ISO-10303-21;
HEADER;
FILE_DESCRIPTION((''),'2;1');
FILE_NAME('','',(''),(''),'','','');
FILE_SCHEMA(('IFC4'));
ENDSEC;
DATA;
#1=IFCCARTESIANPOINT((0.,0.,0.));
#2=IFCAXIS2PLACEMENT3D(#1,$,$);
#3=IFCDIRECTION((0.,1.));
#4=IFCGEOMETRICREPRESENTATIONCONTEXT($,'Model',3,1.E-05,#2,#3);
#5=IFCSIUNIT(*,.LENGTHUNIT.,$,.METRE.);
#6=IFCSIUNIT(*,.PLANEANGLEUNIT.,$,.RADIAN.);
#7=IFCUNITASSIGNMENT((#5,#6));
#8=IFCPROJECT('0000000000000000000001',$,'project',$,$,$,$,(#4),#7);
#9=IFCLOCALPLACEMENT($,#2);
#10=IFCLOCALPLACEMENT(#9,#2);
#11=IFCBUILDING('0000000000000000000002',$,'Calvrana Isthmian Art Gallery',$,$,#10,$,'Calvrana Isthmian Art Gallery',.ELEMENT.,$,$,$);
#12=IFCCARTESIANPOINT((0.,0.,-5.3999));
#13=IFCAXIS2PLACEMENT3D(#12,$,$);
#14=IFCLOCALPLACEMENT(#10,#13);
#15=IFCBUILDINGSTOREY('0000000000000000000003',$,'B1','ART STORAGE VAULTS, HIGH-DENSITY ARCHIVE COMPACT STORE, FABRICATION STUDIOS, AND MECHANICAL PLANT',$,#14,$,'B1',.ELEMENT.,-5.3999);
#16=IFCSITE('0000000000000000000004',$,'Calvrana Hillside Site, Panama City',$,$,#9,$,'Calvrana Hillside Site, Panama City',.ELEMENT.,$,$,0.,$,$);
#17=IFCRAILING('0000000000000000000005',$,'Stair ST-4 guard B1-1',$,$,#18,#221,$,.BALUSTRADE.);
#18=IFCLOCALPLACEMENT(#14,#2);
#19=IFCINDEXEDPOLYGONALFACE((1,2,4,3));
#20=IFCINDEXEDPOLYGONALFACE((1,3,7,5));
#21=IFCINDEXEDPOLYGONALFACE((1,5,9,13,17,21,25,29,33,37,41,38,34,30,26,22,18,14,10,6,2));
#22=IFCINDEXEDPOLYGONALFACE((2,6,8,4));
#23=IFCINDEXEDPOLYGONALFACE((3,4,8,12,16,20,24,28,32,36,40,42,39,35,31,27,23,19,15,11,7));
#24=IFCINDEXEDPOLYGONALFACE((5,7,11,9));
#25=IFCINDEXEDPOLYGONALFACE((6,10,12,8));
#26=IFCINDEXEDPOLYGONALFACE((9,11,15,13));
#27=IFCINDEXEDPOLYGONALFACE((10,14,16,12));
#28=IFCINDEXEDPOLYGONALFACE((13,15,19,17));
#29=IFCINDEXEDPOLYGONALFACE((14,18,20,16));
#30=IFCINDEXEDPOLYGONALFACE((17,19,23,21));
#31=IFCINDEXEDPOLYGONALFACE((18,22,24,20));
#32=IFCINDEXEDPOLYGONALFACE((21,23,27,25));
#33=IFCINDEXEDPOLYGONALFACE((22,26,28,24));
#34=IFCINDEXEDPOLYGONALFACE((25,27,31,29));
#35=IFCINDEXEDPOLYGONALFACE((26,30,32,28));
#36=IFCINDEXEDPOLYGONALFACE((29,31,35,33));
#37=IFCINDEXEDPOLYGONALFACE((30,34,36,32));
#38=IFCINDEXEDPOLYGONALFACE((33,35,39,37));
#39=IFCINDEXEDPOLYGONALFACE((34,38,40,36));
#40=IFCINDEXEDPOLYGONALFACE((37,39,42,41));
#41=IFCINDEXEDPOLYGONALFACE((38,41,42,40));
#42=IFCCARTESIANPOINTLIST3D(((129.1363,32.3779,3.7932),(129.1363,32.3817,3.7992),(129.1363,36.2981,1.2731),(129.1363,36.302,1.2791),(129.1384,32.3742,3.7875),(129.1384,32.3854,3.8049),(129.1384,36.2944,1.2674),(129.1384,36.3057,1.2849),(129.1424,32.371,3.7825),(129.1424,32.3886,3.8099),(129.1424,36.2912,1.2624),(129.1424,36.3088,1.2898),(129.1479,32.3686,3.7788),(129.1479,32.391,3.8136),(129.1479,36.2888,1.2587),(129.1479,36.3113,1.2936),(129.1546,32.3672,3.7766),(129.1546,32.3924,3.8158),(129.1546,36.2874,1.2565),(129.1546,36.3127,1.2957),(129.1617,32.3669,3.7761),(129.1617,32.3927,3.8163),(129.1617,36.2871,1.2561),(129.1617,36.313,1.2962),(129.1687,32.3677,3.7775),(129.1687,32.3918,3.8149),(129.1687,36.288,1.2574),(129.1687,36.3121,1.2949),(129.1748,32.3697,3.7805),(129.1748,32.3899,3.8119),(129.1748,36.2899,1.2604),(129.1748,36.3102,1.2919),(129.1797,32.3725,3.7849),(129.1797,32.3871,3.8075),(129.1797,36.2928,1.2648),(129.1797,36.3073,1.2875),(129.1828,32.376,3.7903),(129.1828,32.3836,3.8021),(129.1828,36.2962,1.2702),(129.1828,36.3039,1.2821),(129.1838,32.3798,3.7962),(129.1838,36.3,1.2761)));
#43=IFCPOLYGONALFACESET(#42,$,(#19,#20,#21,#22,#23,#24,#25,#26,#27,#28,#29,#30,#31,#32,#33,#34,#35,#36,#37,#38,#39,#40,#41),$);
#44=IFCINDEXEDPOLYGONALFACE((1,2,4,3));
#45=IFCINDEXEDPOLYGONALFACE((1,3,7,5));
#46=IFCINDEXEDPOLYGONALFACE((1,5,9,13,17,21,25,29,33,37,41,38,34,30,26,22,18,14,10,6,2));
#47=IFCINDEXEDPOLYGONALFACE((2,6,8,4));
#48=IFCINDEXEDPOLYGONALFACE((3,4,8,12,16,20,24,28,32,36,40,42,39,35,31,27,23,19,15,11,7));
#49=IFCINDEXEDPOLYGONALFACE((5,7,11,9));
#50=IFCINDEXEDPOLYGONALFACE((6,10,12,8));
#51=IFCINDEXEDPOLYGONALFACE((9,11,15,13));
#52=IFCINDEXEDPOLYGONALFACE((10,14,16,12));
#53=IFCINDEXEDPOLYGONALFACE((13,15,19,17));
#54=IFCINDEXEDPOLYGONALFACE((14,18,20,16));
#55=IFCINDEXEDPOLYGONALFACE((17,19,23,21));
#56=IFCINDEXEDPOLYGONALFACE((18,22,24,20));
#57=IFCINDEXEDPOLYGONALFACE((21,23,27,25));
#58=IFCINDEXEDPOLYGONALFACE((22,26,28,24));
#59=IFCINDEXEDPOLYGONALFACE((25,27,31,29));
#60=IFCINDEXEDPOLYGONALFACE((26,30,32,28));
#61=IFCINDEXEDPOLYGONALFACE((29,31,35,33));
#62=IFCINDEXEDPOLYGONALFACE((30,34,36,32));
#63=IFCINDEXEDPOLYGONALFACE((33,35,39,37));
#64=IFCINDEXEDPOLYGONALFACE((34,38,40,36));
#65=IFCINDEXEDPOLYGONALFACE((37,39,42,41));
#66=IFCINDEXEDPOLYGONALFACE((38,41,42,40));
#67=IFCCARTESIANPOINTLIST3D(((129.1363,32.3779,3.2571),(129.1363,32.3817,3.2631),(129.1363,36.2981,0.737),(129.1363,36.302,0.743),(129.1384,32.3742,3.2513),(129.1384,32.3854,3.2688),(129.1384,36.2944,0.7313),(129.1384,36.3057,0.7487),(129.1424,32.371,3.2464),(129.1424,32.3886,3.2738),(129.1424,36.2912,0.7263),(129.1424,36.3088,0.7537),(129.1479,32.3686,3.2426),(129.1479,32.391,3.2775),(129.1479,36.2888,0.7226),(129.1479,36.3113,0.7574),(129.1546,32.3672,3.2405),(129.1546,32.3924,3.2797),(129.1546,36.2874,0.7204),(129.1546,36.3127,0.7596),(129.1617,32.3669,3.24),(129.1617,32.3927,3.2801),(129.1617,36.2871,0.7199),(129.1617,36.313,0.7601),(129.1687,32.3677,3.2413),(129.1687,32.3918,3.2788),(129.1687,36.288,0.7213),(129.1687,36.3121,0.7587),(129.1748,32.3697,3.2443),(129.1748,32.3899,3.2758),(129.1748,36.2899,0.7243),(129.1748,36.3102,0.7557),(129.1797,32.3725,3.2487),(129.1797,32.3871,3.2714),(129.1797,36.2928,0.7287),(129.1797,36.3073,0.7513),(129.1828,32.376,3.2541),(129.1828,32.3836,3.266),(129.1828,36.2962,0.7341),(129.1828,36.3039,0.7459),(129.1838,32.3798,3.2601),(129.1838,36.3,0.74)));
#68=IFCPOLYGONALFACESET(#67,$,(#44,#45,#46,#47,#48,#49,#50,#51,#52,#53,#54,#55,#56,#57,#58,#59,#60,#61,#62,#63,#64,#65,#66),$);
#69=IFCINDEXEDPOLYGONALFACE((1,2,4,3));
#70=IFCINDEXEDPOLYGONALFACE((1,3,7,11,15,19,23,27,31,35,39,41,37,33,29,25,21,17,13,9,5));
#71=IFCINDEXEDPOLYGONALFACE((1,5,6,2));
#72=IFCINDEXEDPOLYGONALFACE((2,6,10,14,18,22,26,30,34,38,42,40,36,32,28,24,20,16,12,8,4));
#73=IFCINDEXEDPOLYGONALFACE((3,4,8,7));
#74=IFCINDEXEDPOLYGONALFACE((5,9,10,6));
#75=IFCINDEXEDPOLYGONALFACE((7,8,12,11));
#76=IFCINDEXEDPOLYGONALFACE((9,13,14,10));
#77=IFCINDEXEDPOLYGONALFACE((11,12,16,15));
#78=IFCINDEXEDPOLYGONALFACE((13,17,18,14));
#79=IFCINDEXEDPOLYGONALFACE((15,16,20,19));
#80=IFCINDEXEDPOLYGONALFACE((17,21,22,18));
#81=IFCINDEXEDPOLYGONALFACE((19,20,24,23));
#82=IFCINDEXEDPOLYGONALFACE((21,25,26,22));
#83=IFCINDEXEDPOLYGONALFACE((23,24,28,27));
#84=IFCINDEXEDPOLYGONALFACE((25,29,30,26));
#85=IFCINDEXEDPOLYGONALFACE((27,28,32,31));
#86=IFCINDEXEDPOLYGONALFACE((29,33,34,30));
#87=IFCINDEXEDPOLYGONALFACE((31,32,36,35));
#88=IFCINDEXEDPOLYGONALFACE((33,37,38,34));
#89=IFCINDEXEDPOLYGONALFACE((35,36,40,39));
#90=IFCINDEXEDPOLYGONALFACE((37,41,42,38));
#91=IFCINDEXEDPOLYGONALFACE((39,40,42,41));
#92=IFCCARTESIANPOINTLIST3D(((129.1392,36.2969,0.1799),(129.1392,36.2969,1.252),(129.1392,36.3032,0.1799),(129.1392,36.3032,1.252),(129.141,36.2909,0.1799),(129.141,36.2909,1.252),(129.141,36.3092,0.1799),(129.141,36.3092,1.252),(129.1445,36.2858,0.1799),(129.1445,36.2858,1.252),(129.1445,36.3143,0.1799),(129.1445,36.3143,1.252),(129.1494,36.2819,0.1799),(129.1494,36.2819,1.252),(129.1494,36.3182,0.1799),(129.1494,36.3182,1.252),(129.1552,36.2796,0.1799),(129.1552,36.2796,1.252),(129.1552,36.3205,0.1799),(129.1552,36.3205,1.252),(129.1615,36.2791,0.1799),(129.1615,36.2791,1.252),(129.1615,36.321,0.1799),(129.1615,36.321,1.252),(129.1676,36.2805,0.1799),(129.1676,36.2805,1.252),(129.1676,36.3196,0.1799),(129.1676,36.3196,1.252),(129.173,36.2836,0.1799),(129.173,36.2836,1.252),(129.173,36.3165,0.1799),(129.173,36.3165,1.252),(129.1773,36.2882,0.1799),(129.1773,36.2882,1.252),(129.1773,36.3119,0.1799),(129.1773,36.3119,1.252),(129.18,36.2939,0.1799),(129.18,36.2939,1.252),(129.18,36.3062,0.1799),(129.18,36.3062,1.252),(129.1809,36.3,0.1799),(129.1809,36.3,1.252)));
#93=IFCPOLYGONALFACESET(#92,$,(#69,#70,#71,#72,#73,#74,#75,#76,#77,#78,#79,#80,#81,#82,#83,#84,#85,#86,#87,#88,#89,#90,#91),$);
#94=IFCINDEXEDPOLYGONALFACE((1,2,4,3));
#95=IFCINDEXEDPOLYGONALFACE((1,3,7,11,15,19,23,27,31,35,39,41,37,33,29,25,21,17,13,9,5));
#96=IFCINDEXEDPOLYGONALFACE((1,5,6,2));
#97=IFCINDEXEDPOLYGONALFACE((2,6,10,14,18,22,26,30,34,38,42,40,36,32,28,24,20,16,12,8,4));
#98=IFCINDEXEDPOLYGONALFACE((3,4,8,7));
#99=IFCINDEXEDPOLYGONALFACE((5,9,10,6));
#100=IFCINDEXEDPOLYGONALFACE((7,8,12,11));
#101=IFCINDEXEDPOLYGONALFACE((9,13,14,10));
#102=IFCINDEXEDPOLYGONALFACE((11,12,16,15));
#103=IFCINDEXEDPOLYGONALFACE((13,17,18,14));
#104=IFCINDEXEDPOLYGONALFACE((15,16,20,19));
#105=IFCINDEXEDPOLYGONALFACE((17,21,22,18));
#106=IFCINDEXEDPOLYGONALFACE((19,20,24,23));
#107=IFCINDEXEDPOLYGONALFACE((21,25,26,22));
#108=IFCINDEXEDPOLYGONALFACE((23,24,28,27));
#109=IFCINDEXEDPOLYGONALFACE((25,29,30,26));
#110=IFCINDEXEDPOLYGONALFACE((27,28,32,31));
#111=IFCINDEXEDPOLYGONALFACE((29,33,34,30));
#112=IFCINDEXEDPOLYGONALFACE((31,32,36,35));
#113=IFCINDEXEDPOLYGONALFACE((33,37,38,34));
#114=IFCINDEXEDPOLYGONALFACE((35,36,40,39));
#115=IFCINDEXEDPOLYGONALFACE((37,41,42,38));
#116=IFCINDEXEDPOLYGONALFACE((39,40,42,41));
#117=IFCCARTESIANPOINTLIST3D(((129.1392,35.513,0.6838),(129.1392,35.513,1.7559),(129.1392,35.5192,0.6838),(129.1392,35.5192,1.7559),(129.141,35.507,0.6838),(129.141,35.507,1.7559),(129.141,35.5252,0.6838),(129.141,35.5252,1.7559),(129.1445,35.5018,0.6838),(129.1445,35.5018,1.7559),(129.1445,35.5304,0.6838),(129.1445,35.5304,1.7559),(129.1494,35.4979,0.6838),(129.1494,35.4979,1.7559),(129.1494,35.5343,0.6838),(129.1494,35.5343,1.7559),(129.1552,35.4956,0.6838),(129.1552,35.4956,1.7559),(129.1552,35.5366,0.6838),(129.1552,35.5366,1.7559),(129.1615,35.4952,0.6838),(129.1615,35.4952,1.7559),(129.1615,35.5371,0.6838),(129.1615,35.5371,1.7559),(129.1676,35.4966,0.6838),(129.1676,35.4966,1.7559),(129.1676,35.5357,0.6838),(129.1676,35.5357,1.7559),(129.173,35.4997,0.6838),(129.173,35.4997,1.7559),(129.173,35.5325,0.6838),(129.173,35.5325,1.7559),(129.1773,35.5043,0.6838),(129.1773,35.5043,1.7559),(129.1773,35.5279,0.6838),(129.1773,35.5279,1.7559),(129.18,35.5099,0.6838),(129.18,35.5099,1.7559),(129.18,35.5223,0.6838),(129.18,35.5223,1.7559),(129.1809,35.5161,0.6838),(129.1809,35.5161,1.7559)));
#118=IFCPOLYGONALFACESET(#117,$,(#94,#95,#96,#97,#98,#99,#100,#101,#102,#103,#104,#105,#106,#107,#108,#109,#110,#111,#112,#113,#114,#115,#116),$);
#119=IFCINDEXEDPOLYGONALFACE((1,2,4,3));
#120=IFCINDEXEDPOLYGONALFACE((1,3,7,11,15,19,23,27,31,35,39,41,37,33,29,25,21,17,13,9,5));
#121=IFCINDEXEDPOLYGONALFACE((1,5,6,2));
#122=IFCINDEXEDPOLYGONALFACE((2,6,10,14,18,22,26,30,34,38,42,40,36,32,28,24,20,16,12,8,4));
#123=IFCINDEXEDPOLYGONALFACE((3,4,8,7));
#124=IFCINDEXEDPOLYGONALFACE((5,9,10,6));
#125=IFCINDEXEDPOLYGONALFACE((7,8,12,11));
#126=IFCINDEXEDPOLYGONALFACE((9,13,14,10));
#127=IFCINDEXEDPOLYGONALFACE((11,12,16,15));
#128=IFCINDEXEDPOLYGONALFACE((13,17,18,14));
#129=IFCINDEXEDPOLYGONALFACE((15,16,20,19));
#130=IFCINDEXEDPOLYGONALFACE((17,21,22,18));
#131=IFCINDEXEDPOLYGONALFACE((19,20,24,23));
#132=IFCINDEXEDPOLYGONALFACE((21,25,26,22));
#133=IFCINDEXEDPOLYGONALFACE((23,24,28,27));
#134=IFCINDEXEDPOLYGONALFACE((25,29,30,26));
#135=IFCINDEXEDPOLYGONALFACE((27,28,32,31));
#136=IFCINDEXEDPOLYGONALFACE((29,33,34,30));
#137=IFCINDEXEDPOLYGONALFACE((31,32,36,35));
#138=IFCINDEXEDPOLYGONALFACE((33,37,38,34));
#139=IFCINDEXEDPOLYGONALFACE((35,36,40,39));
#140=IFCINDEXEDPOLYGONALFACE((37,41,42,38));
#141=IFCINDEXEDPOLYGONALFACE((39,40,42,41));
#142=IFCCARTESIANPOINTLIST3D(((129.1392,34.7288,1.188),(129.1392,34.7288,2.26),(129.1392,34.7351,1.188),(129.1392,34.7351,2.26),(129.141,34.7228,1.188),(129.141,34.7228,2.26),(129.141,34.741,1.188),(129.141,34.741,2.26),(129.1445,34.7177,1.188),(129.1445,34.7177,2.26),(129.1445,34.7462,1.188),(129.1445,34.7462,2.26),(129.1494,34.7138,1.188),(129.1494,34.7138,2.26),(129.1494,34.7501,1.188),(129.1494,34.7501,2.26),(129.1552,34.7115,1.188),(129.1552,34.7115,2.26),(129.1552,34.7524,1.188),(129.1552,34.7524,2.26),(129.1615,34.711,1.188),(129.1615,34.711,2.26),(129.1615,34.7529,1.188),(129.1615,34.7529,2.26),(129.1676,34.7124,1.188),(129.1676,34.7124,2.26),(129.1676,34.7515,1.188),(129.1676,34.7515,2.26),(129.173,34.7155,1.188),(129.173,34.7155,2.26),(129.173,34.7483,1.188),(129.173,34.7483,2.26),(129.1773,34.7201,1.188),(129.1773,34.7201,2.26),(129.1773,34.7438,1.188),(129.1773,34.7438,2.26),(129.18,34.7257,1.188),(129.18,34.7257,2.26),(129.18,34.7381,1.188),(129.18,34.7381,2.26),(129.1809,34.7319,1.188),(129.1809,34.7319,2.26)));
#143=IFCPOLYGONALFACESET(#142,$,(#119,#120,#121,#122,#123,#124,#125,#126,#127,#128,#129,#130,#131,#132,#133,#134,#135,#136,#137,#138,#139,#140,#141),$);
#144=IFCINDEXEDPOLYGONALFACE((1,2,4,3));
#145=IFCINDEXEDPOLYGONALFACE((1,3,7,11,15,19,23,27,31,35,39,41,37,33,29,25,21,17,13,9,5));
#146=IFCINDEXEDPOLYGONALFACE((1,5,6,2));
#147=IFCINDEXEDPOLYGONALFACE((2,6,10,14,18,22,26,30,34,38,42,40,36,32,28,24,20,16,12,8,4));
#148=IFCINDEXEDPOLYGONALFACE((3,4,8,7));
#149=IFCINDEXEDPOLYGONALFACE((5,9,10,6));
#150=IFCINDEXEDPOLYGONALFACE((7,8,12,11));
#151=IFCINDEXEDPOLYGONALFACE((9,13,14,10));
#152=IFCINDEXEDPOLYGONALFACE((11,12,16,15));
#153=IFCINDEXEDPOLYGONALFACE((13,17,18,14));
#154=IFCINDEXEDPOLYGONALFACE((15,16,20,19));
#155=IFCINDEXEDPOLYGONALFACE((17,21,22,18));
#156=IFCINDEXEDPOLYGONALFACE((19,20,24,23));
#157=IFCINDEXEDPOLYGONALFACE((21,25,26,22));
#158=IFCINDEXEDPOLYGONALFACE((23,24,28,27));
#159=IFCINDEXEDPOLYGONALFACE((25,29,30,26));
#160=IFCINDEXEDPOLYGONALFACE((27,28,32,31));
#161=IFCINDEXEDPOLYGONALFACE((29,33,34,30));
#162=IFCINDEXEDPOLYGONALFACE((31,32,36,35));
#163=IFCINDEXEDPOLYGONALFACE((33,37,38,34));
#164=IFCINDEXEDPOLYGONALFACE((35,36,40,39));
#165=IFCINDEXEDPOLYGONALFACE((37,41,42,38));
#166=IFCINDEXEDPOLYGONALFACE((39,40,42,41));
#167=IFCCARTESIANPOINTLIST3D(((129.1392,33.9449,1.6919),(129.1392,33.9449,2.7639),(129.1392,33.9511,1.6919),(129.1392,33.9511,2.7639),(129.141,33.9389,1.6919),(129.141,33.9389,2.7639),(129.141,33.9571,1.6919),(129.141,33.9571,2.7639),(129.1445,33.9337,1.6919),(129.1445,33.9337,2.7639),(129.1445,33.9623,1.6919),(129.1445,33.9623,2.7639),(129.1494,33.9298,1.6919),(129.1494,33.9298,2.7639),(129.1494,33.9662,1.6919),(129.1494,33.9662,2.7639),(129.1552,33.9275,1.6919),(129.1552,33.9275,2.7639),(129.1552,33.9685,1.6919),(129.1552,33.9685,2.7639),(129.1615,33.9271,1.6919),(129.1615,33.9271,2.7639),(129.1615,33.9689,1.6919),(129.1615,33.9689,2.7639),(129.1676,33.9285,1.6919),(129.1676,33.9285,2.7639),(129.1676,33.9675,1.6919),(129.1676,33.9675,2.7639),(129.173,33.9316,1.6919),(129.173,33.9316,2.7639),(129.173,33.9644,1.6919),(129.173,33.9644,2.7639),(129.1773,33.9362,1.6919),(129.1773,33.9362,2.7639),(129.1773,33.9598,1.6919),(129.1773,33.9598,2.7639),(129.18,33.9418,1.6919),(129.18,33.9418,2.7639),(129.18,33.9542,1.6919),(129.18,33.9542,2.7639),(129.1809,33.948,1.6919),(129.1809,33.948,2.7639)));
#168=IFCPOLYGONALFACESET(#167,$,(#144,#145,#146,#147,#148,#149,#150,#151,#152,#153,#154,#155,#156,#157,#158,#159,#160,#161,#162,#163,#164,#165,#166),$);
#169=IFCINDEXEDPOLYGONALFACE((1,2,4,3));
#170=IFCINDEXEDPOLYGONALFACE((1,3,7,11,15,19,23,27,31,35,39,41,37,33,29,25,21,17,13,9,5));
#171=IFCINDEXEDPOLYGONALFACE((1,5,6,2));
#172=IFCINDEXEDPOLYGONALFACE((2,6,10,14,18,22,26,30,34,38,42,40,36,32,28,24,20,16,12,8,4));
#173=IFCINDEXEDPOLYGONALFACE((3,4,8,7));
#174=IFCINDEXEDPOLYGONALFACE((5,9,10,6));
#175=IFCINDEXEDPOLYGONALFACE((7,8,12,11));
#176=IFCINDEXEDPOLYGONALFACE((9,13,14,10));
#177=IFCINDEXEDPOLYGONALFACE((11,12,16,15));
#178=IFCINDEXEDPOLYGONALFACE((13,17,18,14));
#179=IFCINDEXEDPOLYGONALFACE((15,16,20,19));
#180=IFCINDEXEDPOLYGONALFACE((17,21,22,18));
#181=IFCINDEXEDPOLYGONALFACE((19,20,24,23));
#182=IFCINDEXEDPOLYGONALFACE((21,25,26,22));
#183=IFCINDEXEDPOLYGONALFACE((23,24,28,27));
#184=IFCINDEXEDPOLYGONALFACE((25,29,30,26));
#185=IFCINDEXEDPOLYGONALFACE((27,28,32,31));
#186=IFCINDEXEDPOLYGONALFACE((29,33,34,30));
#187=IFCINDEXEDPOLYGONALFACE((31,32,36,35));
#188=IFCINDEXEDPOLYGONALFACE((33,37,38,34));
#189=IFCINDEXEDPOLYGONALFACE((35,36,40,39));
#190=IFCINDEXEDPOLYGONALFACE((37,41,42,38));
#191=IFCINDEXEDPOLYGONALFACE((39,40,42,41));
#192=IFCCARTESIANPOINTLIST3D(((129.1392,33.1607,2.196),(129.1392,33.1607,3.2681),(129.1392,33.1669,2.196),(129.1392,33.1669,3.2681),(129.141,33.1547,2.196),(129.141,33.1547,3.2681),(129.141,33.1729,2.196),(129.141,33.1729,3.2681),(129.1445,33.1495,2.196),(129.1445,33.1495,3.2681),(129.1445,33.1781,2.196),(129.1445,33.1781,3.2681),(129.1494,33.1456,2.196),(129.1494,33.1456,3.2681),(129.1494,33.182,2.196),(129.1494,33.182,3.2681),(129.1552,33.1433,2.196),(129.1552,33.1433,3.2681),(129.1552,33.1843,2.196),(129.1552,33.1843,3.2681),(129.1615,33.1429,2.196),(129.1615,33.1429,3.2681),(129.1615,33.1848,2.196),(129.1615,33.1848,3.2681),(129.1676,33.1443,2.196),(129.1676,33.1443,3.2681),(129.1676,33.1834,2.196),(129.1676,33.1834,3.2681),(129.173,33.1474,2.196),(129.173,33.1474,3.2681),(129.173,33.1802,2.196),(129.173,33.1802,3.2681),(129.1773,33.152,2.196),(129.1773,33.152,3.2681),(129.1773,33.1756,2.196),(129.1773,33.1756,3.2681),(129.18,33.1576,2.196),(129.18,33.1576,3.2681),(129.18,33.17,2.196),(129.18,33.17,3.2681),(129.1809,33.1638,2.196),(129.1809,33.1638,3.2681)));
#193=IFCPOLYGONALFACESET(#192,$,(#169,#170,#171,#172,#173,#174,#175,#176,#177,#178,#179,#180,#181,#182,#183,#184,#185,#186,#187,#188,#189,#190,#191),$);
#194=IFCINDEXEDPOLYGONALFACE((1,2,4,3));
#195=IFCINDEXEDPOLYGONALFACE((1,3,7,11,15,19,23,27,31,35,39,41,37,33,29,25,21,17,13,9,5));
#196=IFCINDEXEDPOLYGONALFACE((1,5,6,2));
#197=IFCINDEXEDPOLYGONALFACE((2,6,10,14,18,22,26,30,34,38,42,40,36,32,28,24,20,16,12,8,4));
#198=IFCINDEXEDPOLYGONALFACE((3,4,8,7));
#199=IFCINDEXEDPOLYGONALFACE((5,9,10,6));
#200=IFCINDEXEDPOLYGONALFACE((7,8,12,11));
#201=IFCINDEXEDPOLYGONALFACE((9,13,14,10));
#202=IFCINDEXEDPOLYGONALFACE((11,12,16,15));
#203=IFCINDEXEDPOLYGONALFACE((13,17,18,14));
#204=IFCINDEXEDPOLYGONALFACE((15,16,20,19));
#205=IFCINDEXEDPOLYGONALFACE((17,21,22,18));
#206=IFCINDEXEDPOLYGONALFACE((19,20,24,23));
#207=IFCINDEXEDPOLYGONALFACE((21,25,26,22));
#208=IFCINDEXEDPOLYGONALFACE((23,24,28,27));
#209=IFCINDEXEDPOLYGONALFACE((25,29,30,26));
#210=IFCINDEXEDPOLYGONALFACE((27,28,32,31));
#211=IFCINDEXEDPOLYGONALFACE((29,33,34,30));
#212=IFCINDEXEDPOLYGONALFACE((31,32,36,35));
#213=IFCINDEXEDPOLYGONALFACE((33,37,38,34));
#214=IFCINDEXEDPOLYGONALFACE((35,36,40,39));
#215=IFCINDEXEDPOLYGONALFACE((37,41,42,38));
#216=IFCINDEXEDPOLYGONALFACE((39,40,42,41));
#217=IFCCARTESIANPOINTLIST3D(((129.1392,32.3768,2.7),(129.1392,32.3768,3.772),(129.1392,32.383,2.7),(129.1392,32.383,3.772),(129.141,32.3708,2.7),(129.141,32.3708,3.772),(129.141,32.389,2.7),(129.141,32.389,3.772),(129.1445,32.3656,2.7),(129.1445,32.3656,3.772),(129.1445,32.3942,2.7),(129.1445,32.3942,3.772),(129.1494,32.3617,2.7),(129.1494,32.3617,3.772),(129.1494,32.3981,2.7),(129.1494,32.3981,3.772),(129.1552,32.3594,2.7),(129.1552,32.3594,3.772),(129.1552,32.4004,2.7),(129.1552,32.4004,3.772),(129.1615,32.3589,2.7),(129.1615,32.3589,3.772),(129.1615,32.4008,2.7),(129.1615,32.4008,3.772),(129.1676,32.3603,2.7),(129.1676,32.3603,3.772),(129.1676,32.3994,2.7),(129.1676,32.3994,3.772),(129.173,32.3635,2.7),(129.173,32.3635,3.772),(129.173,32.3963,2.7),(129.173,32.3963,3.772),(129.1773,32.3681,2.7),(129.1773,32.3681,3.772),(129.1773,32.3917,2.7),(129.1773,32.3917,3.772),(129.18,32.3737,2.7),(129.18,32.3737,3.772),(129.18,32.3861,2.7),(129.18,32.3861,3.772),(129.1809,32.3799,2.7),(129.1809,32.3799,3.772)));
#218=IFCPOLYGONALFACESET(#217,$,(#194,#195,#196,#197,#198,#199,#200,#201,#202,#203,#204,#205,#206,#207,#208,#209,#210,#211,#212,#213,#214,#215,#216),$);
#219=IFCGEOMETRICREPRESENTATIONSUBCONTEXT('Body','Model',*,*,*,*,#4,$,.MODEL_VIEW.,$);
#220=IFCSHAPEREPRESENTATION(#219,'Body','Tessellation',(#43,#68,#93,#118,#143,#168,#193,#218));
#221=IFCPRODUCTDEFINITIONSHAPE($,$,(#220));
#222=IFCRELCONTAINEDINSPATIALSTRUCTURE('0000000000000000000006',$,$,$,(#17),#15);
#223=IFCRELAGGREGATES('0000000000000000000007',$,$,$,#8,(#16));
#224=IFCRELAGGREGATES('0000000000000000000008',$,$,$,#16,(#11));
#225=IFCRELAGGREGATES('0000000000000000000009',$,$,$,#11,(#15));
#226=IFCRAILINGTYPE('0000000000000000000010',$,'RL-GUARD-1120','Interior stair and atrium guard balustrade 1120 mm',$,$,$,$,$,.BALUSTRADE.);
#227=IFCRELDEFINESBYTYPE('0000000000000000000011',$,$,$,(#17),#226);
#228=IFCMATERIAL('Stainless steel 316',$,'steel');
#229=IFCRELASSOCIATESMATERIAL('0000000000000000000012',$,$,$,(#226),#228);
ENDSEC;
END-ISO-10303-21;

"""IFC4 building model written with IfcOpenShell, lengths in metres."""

from ifc_helpers import new_model, si_unit, direction, frame, origin, origin_2d, place, context, subcontext, project, spatial, circle, extrude, material, type_object, element, save


model = new_model("IFC4")

# Units and contexts
model_context = context("Model", 3, precision=1e-05, world=origin(), true_north=direction((0.0, 1.0)))
body_context = subcontext(model_context, "Body", "Model", "MODEL_VIEW")
ifc_project = project(units=[si_unit("LENGTHUNIT", "METRE"), si_unit("PLANEANGLEUNIT", "RADIAN")], contexts=[model_context])

# Site, building, storey
site_placement = place(None, origin())
site = spatial("IfcSite", under=ifc_project, at=site_placement, Name="Calvrana Hillside Site, Panama City", LongName="Calvrana Hillside Site, Panama City", CompositionType="ELEMENT", RefElevation=0.0)
building_placement = place(site_placement, origin())
building = spatial("IfcBuilding", under=site, at=building_placement, Name="Calvrana Isthmian Art Gallery", LongName="Calvrana Isthmian Art Gallery", CompositionType="ELEMENT")
storey_placement = place(building_placement, frame((0.0, 0.0, -5.3999)))
storey = spatial("IfcBuildingStorey", under=building, at=storey_placement, Name="B1", Description="ART STORAGE VAULTS, HIGH-DENSITY ARCHIVE COMPACT STORE, FABRICATION STUDIOS, AND MECHANICAL PLANT", LongName="B1", CompositionType="ELEMENT", Elevation=-5.3999)

# Shared definitions
ifc_material_1 = material(Name="Stainless steel 316", Category="steel")

# Railing
railing_type_1 = type_object("IfcRailingType", Name="RL-GUARD-1120", Description="Interior stair and atrium guard balustrade 1120 mm", PredefinedType="BALUSTRADE", material=ifc_material_1)
railing_1_placement = place(storey_placement, frame((129.1599, 36.3, 0.1799)))
element("IfcRailing", 1, at=railing_1_placement, inside=storey, type_object=railing_type_1, Name="Stair ST-4 guard B1-1", PredefinedType="BALUSTRADE", context=body_context, shape_type="SweptSolid", body=[
    extrude(circle(Radius=0.0239, at=origin_2d()), frame((0.0, 0.0, 1.0962), z_axis=(0.0, -0.841187, 0.540744), x_axis=(1.0, 0.0, 0.0)), (0.0, 0.0, 1.0), 4.6604),
    extrude(circle(Radius=0.0239, at=origin_2d()), frame((0.0, 0.0, 0.5601), z_axis=(0.0, -0.841187, 0.540744), x_axis=(1.0, 0.0, 0.0)), (0.0, 0.0, 1.0), 4.6604),
    extrude(circle(Radius=0.021, at=origin_2d()), origin(), (0.0, 0.0, 1.0), 1.072),
    extrude(circle(Radius=0.021, at=origin_2d()), frame((0.0, -0.7839, 0.5039)), (0.0, 0.0, 1.0), 1.072),
    extrude(circle(Radius=0.021, at=origin_2d()), frame((0.0, -1.5681, 1.0081)), (0.0, 0.0, 1.0), 1.072),
    extrude(circle(Radius=0.021, at=origin_2d()), frame((0.0, -2.3521, 1.512)), (0.0, 0.0, 1.0), 1.072),
    extrude(circle(Radius=0.021, at=origin_2d()), frame((0.0, -3.1362, 2.0161)), (0.0, 0.0, 1.0), 1.072),
    extrude(circle(Radius=0.021, at=origin_2d()), frame((0.0, -3.9202, 2.52)), (0.0, 0.0, 1.0), 1.072),
])

save(model, "model.ifc")
